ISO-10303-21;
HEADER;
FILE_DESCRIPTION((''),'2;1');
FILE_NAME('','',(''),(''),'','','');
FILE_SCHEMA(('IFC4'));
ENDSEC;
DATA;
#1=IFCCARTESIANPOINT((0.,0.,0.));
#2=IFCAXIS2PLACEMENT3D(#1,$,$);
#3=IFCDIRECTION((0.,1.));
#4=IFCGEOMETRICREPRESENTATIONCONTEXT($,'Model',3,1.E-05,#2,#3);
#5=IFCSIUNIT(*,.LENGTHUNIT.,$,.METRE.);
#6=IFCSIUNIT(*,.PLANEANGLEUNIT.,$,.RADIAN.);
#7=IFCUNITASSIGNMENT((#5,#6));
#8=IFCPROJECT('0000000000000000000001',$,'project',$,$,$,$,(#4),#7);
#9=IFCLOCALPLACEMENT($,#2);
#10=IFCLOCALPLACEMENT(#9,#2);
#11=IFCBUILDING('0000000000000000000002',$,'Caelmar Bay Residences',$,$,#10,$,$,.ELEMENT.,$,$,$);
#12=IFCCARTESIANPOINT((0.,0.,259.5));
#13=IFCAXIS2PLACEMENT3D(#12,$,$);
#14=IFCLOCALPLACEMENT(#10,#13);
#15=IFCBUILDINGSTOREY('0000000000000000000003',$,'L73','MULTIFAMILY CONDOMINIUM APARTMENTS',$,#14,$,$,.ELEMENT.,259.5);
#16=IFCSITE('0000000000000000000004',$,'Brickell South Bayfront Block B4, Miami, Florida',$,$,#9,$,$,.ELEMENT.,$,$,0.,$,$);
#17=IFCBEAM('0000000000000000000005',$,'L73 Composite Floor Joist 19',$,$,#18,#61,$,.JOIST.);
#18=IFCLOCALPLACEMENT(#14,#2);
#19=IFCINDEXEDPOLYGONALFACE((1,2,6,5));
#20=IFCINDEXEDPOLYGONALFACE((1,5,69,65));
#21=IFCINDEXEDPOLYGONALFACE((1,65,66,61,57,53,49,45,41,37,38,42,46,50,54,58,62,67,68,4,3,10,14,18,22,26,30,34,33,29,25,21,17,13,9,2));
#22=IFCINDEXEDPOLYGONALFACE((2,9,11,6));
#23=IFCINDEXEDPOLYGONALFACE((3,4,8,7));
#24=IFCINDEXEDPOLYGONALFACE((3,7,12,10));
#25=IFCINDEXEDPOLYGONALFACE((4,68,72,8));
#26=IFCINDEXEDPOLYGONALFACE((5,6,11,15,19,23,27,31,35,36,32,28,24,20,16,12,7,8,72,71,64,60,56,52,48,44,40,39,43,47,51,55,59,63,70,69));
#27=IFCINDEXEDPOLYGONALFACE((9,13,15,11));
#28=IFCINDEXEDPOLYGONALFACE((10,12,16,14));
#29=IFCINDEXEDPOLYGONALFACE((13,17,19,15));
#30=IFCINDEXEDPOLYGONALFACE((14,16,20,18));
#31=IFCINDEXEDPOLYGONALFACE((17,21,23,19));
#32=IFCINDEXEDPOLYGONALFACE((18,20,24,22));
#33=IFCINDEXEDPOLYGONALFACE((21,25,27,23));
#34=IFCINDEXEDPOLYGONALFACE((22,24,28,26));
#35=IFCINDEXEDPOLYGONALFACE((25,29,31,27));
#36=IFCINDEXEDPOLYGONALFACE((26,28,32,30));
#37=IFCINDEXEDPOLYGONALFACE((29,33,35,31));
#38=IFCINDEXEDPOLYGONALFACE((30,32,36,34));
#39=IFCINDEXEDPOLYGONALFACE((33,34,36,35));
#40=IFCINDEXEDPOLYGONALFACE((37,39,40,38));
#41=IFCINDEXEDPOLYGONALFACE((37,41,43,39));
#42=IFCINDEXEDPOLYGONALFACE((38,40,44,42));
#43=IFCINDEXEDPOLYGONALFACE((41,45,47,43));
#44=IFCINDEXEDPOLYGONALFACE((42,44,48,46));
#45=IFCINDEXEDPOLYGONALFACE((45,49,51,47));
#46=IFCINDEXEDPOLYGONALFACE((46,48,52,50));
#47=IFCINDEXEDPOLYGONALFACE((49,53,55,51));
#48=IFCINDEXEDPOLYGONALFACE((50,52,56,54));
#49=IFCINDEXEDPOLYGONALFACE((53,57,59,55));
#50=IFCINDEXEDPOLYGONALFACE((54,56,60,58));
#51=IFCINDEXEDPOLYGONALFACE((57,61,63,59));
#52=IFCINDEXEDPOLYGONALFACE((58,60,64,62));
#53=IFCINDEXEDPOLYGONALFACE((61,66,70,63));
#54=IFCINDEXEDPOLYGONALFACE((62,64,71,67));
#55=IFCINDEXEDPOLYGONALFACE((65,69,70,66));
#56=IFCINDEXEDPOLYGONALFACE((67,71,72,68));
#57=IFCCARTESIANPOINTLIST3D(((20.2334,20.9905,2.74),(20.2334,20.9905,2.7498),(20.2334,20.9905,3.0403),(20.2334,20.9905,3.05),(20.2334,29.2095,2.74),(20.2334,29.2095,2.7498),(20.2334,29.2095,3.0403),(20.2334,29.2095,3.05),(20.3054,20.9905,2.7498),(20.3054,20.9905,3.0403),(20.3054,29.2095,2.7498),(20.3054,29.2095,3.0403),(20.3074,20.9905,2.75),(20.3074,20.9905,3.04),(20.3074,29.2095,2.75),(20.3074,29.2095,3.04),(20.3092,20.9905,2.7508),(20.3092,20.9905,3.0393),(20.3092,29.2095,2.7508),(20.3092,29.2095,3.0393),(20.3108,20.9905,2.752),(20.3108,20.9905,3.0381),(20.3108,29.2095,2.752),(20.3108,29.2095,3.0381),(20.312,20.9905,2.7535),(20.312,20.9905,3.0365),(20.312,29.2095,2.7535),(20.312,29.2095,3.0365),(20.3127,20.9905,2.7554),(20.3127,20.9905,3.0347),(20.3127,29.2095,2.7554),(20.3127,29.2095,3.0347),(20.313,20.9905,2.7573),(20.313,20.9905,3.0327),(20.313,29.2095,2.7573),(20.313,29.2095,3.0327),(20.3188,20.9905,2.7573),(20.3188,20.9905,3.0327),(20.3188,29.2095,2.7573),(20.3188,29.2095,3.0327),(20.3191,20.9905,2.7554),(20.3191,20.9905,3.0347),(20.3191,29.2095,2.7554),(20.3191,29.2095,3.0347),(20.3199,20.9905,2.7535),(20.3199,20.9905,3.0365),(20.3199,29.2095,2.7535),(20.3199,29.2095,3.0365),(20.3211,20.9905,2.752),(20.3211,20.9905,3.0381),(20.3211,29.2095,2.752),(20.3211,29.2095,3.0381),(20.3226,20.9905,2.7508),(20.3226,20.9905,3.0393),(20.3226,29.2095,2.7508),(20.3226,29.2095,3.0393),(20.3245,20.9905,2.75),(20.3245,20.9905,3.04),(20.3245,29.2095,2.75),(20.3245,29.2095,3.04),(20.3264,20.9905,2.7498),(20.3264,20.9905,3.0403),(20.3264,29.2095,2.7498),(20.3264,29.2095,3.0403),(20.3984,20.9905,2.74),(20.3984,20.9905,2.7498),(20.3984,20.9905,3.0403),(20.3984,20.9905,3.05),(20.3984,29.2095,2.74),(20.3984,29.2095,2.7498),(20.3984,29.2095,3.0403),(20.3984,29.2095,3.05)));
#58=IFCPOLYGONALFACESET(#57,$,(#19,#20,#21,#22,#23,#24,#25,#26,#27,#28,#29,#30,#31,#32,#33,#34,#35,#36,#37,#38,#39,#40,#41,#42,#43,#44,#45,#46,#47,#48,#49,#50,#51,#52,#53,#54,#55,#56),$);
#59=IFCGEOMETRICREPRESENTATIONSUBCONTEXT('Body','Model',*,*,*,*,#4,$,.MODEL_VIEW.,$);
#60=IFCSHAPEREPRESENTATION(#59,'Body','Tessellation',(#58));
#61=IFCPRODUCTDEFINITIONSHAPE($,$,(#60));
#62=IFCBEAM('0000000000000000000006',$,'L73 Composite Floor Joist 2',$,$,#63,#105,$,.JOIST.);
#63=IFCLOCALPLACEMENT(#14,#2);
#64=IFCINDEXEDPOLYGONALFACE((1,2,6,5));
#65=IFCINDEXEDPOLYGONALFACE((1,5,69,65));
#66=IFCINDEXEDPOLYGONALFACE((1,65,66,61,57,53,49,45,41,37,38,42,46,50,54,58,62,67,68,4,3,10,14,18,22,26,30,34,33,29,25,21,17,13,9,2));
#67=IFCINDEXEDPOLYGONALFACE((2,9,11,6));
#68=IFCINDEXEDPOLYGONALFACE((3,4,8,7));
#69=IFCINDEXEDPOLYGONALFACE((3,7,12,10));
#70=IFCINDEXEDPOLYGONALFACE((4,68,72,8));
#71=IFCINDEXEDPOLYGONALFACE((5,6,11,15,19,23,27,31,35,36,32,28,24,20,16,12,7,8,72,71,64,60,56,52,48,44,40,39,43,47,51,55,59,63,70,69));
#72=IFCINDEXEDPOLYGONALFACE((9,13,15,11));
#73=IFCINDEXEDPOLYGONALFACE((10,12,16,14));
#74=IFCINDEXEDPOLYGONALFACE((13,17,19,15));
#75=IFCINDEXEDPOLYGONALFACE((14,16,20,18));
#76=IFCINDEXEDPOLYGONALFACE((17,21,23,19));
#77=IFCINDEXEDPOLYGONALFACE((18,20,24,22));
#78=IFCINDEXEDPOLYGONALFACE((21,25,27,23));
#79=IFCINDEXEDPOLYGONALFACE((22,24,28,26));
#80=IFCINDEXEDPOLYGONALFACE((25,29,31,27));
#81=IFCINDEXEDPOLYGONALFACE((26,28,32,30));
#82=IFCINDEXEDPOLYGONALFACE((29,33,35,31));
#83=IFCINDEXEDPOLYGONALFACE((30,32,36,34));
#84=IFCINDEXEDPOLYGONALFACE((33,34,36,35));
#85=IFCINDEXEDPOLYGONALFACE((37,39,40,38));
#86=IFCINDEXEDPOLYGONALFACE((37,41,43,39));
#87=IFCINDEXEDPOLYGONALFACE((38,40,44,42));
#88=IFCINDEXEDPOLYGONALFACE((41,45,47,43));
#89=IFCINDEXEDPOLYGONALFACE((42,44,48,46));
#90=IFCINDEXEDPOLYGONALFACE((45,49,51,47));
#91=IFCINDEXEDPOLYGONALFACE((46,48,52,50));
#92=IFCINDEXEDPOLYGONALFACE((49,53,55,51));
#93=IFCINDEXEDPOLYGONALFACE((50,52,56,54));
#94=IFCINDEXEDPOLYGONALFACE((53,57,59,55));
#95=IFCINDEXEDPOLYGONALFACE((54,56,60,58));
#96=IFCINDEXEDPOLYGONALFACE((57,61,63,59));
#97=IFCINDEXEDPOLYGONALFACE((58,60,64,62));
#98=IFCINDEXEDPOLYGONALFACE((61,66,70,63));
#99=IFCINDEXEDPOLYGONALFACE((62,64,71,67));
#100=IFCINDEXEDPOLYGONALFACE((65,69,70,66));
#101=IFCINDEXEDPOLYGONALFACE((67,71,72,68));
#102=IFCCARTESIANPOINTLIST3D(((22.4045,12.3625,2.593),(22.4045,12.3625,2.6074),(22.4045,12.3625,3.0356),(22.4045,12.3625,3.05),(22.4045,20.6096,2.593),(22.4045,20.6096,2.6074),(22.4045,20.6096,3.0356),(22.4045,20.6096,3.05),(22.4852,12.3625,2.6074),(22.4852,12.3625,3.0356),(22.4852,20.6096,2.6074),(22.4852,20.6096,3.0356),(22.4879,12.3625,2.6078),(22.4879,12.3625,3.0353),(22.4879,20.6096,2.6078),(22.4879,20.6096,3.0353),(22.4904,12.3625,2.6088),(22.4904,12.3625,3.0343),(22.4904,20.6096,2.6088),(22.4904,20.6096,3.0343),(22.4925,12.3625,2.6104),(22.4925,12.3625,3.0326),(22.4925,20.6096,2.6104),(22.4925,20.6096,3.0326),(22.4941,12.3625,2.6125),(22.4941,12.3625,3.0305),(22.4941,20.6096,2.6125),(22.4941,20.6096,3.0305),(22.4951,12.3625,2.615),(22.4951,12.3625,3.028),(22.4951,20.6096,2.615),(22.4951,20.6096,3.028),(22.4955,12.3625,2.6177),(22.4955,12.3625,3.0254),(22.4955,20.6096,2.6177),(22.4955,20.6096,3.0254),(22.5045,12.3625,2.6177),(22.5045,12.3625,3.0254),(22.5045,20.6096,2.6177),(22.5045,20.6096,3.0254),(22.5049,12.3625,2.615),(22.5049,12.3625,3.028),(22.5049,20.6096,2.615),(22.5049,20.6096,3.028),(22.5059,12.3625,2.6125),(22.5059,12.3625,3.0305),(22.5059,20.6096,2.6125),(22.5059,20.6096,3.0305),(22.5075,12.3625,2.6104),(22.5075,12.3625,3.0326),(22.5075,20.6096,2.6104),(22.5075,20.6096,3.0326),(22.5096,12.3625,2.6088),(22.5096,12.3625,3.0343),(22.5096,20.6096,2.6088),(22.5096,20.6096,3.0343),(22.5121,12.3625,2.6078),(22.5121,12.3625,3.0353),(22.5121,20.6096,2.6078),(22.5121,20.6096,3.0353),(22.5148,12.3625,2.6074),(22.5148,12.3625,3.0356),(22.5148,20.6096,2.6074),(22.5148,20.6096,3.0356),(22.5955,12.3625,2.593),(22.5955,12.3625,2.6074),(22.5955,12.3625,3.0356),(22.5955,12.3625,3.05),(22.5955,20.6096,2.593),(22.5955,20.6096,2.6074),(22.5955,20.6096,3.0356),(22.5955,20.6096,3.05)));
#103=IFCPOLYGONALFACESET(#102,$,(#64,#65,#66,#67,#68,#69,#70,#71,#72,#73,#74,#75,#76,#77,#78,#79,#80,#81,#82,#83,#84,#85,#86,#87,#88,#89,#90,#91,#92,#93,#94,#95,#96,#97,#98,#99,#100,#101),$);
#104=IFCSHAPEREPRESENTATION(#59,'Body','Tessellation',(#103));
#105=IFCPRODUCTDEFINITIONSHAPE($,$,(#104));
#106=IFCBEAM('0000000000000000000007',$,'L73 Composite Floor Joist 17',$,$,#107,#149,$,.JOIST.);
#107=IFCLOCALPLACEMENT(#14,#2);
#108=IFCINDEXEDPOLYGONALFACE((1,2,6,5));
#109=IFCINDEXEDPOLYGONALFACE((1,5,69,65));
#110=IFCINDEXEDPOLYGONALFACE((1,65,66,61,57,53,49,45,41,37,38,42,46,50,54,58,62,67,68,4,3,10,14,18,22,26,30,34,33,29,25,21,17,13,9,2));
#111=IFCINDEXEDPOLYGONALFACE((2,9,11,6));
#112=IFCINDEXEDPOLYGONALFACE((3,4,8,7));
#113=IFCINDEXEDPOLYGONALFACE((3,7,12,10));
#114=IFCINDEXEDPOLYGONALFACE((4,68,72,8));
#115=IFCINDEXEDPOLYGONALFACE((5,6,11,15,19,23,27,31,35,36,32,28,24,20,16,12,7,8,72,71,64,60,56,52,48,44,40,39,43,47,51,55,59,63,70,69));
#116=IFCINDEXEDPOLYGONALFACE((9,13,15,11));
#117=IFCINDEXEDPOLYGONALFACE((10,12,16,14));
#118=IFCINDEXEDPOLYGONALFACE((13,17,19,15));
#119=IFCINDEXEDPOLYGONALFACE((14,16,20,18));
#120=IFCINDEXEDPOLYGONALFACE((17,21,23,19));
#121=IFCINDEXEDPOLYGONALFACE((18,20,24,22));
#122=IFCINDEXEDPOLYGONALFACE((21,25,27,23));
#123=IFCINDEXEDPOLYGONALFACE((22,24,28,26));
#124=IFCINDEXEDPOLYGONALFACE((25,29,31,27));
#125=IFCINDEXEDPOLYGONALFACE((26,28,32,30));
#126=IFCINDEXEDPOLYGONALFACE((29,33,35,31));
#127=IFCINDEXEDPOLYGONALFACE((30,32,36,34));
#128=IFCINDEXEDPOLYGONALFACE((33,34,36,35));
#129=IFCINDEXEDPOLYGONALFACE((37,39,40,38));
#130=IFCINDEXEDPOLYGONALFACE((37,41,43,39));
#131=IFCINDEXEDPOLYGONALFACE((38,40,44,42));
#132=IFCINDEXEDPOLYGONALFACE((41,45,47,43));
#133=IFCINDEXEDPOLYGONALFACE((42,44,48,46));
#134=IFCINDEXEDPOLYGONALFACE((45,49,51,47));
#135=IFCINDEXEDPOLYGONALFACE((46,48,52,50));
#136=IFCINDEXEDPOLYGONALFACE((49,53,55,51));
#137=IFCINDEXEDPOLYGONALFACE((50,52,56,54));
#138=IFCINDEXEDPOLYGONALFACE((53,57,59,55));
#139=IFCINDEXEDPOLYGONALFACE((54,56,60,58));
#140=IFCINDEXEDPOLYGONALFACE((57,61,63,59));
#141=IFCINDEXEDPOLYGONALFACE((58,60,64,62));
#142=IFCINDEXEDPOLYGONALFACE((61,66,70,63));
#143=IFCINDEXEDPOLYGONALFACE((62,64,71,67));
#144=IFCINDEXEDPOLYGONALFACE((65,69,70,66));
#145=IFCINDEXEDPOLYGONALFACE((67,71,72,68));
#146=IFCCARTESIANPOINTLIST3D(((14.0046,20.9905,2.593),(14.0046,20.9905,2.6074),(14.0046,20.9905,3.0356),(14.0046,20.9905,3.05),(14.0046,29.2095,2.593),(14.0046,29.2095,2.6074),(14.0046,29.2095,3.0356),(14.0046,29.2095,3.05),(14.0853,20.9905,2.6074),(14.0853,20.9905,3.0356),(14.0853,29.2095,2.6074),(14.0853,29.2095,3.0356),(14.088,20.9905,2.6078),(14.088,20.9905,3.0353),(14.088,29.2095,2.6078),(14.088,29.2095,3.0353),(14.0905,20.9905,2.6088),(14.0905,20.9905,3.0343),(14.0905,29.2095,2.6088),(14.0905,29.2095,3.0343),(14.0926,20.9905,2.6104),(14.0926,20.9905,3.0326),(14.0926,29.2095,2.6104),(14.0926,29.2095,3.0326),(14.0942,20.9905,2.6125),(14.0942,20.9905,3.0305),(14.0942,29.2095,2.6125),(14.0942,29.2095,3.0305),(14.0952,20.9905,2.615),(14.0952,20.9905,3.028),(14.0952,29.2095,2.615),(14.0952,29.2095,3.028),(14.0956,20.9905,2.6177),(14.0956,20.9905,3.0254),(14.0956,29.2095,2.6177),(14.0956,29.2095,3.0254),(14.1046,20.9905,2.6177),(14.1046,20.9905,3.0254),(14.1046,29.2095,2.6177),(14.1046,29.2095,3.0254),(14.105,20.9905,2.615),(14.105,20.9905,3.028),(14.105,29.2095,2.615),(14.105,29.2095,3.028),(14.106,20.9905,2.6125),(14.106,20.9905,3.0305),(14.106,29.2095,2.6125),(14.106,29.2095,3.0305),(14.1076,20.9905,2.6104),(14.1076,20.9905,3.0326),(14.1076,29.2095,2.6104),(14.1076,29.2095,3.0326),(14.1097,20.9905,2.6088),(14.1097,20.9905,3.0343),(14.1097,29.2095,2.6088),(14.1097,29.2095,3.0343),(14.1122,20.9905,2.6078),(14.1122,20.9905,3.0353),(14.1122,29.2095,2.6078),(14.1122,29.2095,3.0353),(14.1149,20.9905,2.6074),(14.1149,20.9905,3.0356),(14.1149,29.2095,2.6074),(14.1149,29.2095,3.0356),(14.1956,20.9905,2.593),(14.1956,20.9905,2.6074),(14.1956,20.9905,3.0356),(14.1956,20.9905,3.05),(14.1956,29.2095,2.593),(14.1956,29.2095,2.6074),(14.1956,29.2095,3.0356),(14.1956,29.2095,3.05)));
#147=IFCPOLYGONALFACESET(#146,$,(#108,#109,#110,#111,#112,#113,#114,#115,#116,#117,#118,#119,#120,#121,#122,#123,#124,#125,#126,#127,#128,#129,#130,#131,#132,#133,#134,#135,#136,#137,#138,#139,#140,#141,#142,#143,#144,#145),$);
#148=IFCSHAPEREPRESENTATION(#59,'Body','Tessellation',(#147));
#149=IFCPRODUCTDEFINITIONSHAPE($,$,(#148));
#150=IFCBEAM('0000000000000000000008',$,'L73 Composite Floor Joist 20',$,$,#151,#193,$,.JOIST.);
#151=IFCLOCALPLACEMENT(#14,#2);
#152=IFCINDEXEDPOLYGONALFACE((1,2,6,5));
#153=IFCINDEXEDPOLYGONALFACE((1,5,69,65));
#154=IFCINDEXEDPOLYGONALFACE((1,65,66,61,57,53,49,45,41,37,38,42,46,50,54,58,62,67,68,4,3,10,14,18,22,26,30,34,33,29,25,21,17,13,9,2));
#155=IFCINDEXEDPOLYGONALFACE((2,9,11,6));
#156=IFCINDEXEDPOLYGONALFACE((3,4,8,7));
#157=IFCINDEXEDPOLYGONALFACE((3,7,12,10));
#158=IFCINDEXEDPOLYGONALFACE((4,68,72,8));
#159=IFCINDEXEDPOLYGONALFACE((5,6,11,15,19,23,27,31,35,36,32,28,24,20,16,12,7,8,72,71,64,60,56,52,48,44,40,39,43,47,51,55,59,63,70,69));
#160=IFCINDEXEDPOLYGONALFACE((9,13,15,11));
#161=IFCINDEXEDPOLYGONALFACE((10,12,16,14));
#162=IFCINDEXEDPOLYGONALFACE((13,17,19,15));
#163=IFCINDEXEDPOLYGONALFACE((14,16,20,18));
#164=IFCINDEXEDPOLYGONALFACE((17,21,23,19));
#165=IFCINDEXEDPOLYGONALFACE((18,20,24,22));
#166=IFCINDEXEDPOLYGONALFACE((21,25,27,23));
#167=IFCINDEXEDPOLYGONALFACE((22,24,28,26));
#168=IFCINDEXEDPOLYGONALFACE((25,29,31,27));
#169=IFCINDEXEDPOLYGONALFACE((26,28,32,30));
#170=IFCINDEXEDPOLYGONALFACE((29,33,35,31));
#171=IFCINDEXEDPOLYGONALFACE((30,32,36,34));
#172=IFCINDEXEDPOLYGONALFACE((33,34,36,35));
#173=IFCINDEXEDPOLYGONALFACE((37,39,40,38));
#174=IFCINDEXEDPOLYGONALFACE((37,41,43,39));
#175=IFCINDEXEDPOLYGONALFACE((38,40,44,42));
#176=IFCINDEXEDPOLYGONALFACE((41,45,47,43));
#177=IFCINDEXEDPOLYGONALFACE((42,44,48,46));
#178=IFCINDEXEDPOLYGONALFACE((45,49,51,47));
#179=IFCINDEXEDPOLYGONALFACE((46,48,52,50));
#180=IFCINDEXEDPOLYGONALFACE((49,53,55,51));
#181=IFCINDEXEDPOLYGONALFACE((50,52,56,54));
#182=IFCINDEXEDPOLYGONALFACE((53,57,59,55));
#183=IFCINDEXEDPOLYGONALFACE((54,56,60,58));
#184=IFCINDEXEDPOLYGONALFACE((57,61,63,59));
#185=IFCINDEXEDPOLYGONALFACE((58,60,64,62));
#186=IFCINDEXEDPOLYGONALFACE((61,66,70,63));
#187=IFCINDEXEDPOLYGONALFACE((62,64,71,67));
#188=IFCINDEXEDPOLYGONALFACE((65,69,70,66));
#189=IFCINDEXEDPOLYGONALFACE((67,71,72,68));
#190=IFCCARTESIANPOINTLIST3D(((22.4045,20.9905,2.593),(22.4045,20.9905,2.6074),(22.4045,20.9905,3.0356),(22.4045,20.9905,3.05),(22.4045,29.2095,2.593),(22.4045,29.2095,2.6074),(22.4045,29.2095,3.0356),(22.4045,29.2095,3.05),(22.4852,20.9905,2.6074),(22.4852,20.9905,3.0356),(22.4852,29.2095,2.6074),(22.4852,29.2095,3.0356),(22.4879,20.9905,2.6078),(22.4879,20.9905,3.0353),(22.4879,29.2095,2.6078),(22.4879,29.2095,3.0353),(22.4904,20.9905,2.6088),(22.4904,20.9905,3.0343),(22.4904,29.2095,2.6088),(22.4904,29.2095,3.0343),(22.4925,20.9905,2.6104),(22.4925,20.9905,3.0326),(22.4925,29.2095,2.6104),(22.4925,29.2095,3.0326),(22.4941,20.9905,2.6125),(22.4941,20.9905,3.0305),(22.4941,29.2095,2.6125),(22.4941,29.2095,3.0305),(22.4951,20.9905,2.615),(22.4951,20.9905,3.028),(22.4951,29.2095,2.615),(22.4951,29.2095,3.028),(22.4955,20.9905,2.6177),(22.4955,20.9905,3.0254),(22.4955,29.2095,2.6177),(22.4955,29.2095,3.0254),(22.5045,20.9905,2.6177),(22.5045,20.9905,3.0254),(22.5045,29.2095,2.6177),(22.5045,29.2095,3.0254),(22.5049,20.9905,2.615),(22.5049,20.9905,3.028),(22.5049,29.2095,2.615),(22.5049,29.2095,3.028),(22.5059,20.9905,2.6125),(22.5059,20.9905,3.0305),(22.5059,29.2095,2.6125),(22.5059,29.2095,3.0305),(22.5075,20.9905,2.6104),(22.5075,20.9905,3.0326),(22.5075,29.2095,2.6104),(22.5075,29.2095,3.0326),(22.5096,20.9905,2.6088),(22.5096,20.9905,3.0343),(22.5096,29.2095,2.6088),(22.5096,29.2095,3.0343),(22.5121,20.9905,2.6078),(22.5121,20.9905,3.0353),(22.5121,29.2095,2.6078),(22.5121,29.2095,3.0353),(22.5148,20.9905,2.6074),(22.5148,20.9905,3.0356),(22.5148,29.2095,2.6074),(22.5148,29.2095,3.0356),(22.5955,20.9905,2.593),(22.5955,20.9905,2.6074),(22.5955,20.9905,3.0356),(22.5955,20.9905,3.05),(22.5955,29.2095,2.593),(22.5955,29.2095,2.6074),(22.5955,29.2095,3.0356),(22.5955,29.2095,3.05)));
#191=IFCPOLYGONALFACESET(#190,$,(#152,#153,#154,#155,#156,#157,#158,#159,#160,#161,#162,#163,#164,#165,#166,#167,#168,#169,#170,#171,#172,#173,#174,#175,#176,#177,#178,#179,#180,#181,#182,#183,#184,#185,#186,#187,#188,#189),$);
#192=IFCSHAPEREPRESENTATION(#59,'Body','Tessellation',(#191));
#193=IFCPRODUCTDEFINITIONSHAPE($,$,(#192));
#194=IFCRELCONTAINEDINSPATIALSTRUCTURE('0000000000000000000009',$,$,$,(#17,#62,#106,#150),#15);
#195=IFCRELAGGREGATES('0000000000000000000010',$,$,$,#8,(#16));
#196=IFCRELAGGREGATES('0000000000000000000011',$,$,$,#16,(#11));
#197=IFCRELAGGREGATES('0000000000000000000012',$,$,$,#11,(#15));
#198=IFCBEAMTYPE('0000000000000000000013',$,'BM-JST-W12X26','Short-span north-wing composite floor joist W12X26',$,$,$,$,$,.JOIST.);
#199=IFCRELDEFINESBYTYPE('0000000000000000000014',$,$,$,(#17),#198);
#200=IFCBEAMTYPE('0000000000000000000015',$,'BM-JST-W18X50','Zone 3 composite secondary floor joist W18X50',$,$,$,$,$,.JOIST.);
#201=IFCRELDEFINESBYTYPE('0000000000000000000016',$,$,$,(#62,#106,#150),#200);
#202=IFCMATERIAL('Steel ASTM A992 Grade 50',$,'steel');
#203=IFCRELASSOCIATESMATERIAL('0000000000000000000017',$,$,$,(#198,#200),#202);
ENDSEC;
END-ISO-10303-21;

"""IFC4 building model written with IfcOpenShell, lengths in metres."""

from ifc_helpers import new_model, si_unit, direction, frame, origin, origin_2d, place, context, subcontext, project, spatial, i_section, extrude, material, material_profile, profile_set, type_object, element, save


model = new_model("IFC4")

# Units and contexts
model_context = context("Model", 3, precision=1e-05, world=origin(), true_north=direction((0.0, 1.0)))
body_context = subcontext(model_context, "Body", "Model", "MODEL_VIEW")
ifc_project = project(units=[si_unit("LENGTHUNIT", "METRE"), si_unit("PLANEANGLEUNIT", "RADIAN")], contexts=[model_context])

# Site, building, storey
site_placement = place(None, origin())
site = spatial("IfcSite", under=ifc_project, at=site_placement, Name="Brickell South Bayfront Block B4, Miami, Florida", CompositionType="ELEMENT", RefElevation=0.0)
building_placement = place(site_placement, origin())
building = spatial("IfcBuilding", under=site, at=building_placement, Name="Caelmar Bay Residences", CompositionType="ELEMENT")
storey_placement = place(building_placement, frame((0.0, 0.0, 259.5)))
storey = spatial("IfcBuildingStorey", under=building, at=storey_placement, Name="L73", Description="MULTIFAMILY CONDOMINIUM APARTMENTS", CompositionType="ELEMENT", Elevation=259.5)

# Beams
ifc_material_1 = material(Name="Steel ASTM A992 Grade 50", Category="steel")
ifc_material_profile_1 = material_profile(ifc_material_1, i_section(OverallWidth=0.165, OverallDepth=0.3101, WebThickness=0.0059, FlangeThickness=0.0098, FilletRadius=0.0076, at=origin_2d()), Name="W12X26")
ifc_profile_set_1 = profile_set([ifc_material_profile_1], Name="Steel ASTM A992 Grade 50")
beam_type_1 = type_object("IfcBeamType", Name="BM-JST-W12X26", Description="Short-span north-wing composite floor joist W12X26", PredefinedType="JOIST", material=ifc_profile_set_1)
for number, where, z_axis, x_axis, name in (
    (1, (20.3159, 20.9905, 2.895), (0.0, 1.0, 0.0), (-1.0, 0.0, 0.0), "L73 Composite Floor Joist 19"),
):
    element("IfcBeam", number, at=place(storey_placement, frame(where, z_axis=z_axis, x_axis=x_axis)), inside=storey, type_object=beam_type_1, Name=name, PredefinedType="JOIST", context=body_context, shape_type="SweptSolid", body=[
        extrude(i_section(OverallWidth=0.165, OverallDepth=0.3101, WebThickness=0.0059, FlangeThickness=0.0098, FilletRadius=0.0076, at=origin_2d()), origin(), (0.0, 0.0, 1.0), 8.219),
    ])
ifc_material_profile_2 = material_profile(ifc_material_1, i_section(OverallWidth=0.1909, OverallDepth=0.457, WebThickness=0.009, FlangeThickness=0.0144, FilletRadius=0.0103, at=origin_2d()), Name="W18X50")
ifc_profile_set_2 = profile_set([ifc_material_profile_2], Name="Steel ASTM A992 Grade 50")
beam_type_2 = type_object("IfcBeamType", Name="BM-JST-W18X50", Description="Zone 3 composite secondary floor joist W18X50", PredefinedType="JOIST", material=ifc_profile_set_2)
beam_1_placement = place(storey_placement, frame((22.5, 12.3625, 2.8215), z_axis=(0.0, 1.0, 0.0), x_axis=(-1.0, 0.0, 0.0)))
element("IfcBeam", 2, at=beam_1_placement, inside=storey, type_object=beam_type_2, Name="L73 Composite Floor Joist 2", PredefinedType="JOIST", context=body_context, shape_type="SweptSolid", body=[
    extrude(i_section(OverallWidth=0.1909, OverallDepth=0.457, WebThickness=0.009, FlangeThickness=0.0144, FilletRadius=0.0103, at=origin_2d()), origin(), (0.0, 0.0, 1.0), 8.2471),
])
for number, where, z_axis, x_axis, name in (
    (3, (14.1001, 20.9905, 2.8215), (0.0, 1.0, 0.0), (-1.0, 0.0, 0.0), "L73 Composite Floor Joist 17"),
    (4, (22.5, 20.9905, 2.8215), (0.0, 1.0, 0.0), (-1.0, 0.0, 0.0), "L73 Composite Floor Joist 20"),
):
    element("IfcBeam", number, at=place(storey_placement, frame(where, z_axis=z_axis, x_axis=x_axis)), inside=storey, type_object=beam_type_2, Name=name, PredefinedType="JOIST", context=body_context, shape_type="SweptSolid", body=[
        extrude(i_section(OverallWidth=0.1909, OverallDepth=0.457, WebThickness=0.009, FlangeThickness=0.0144, FilletRadius=0.0103, at=origin_2d()), origin(), (0.0, 0.0, 1.0), 8.219),
    ])

save(model, "model.ifc")
